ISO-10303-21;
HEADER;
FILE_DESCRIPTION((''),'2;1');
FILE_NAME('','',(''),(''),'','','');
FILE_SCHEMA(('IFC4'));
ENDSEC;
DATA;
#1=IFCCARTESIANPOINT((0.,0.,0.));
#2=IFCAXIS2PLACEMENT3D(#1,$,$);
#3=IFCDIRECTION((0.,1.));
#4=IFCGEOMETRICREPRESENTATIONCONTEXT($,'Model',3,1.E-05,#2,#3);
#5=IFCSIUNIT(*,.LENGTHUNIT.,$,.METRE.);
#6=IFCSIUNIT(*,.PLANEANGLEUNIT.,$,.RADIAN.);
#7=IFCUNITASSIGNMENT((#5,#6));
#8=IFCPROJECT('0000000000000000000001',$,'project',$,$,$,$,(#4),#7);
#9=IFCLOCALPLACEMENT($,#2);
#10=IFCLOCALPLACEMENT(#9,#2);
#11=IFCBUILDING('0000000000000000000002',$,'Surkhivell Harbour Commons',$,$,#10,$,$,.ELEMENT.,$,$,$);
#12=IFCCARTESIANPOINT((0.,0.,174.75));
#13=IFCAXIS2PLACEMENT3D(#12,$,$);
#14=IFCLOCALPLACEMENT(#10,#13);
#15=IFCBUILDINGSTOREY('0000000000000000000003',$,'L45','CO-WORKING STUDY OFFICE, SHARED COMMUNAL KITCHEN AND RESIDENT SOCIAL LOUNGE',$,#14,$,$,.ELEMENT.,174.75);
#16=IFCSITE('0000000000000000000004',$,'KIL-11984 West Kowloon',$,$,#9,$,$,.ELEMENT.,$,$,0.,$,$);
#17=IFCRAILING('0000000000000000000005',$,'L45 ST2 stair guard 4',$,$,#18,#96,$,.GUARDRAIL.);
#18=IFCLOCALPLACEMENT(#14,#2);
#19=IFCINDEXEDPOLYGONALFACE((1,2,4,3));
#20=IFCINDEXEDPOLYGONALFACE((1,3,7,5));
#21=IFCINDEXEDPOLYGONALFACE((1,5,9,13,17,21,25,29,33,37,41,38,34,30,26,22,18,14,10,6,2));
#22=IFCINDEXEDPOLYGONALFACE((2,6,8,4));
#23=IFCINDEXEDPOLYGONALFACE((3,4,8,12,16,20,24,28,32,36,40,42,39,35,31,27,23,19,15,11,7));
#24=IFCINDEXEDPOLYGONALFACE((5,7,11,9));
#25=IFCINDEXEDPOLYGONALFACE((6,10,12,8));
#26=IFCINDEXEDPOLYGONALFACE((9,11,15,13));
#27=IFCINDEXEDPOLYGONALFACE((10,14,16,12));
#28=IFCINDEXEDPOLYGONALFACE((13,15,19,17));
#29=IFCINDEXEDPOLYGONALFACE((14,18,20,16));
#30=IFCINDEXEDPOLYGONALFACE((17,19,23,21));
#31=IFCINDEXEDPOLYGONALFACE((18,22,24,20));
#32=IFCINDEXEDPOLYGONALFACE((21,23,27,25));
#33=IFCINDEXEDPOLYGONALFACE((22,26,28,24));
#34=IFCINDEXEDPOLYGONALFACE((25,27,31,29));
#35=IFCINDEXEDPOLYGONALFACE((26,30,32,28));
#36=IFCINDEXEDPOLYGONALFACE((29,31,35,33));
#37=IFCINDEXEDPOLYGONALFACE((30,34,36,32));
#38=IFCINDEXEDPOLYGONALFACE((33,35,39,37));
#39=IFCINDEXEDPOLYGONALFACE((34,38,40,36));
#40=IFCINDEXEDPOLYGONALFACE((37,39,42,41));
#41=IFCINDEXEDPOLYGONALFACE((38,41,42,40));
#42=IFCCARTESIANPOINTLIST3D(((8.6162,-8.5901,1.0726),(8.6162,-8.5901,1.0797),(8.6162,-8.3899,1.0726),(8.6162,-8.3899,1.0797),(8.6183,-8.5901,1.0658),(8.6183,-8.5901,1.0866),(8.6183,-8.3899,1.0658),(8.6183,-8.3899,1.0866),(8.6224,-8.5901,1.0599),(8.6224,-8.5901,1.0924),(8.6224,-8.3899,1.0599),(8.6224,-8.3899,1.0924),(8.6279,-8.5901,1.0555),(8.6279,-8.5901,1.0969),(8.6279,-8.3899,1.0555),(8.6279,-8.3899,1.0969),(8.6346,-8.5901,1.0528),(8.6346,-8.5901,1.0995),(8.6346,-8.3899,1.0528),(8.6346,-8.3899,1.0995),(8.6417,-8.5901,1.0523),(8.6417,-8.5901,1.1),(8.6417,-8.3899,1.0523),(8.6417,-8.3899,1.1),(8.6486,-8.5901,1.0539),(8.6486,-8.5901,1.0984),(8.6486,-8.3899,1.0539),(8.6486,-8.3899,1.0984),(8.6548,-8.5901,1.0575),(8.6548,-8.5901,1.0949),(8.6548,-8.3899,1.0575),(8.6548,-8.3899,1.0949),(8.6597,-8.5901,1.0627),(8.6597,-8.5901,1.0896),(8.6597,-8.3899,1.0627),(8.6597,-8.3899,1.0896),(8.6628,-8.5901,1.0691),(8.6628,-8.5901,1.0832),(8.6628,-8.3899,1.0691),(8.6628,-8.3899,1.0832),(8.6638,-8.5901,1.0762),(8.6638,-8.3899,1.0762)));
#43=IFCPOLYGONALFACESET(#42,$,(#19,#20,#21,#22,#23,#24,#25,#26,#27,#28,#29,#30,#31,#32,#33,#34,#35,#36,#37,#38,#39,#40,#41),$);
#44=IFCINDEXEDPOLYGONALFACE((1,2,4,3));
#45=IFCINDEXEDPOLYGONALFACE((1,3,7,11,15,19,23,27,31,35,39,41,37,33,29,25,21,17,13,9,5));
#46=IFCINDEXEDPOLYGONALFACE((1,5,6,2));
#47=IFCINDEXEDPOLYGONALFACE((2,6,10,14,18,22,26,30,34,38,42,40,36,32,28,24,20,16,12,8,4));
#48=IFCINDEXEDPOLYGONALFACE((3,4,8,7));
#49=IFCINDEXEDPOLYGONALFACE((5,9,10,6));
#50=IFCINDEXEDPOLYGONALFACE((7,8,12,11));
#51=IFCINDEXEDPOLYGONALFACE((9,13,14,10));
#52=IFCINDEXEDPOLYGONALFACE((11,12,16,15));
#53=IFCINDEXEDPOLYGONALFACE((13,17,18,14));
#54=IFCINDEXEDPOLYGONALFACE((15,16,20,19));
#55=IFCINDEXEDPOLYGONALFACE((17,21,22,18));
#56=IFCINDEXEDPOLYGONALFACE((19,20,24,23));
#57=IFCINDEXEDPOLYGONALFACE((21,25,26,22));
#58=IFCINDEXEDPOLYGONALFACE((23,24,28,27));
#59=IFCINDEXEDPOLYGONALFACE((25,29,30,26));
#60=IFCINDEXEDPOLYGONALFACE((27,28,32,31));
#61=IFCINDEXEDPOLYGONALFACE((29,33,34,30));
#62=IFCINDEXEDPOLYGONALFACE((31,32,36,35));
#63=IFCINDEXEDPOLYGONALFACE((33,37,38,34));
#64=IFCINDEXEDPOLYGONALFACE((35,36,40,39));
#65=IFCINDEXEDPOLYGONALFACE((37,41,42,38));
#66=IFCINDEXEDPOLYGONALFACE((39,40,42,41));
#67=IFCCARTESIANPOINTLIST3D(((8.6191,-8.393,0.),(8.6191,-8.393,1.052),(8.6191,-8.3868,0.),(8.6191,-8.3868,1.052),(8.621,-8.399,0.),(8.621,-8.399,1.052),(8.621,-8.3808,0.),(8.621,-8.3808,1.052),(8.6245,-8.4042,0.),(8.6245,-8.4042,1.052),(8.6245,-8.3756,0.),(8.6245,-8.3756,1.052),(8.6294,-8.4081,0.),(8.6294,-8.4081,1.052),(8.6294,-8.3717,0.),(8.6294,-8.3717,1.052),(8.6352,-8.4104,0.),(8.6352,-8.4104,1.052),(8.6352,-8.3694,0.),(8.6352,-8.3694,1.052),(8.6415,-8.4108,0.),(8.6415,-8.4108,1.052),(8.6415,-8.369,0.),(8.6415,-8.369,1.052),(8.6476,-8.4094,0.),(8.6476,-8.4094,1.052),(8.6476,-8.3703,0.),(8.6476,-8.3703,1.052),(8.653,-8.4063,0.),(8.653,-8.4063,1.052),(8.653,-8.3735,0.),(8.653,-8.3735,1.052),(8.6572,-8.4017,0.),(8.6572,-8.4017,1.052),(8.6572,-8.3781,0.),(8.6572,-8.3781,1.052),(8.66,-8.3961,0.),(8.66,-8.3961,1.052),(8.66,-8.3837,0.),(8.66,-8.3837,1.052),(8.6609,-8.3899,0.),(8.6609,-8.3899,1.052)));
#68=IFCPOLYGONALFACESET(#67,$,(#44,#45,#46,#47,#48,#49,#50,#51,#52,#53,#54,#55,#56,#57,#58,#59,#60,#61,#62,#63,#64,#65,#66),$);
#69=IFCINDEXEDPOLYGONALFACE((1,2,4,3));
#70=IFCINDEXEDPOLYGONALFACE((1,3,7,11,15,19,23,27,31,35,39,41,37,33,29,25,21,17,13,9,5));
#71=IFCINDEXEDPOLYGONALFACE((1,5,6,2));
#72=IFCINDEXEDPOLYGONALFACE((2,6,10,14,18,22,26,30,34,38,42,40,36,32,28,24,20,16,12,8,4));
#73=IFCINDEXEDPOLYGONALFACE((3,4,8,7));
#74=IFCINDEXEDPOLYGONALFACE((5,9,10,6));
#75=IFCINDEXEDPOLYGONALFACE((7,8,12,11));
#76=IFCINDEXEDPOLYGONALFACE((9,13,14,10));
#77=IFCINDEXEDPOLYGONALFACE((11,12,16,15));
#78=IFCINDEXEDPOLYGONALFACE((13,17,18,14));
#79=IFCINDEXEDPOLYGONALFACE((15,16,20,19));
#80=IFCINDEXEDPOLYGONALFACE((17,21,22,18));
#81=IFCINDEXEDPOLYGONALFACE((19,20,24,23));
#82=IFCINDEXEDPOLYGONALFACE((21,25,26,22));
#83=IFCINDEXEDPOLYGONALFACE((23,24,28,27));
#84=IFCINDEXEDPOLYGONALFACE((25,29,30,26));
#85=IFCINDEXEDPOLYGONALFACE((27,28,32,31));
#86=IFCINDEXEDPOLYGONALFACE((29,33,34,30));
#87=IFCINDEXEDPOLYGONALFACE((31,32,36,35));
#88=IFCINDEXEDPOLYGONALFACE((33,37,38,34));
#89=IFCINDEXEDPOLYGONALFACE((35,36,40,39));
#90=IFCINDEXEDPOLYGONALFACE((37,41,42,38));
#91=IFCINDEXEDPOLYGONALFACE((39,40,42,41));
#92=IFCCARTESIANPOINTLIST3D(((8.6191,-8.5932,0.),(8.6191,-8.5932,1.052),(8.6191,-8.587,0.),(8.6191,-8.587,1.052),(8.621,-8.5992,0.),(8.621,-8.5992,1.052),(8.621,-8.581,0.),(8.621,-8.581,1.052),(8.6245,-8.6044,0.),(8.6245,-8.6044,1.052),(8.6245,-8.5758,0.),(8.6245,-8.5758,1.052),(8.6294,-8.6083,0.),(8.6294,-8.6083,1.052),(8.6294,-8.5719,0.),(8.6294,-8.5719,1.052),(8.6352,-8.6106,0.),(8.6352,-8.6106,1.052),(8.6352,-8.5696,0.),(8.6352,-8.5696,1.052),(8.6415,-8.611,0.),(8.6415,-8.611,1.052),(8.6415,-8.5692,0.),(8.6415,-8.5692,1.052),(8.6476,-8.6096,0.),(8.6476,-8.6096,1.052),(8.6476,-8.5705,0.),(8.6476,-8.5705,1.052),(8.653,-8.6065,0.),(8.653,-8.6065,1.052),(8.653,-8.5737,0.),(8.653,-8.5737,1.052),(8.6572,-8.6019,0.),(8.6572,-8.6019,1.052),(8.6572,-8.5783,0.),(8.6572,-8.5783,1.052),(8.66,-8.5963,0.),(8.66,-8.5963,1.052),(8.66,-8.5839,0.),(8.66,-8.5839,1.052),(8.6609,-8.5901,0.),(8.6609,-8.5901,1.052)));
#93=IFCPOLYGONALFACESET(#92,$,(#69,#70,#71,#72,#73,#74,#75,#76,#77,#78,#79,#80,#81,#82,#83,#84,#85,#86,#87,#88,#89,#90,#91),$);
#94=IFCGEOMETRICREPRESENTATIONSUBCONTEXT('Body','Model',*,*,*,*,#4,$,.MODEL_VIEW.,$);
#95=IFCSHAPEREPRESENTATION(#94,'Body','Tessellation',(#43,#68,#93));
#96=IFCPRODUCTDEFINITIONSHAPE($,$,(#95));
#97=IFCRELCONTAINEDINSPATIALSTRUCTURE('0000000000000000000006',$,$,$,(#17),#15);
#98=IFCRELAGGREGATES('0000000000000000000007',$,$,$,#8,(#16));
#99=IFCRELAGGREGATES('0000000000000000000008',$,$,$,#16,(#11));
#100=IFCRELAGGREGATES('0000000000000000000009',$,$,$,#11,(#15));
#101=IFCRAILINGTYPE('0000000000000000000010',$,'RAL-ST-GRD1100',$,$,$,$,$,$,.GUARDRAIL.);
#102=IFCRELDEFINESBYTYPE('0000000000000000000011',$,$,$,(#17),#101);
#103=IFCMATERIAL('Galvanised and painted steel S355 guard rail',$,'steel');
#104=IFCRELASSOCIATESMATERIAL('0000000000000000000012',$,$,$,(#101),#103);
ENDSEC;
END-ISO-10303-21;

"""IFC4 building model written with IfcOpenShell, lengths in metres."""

from ifc_helpers import new_model, si_unit, direction, frame, origin, origin_2d, place, context, subcontext, project, spatial, circle, extrude, material, type_object, element, save


model = new_model("IFC4")

# Units and contexts
model_context = context("Model", 3, precision=1e-05, world=origin(), true_north=direction((0.0, 1.0)))
body_context = subcontext(model_context, "Body", "Model", "MODEL_VIEW")
ifc_project = project(units=[si_unit("LENGTHUNIT", "METRE"), si_unit("PLANEANGLEUNIT", "RADIAN")], contexts=[model_context])

# Site, building, storey
site_placement = place(None, origin())
site = spatial("IfcSite", under=ifc_project, at=site_placement, Name="KIL-11984 West Kowloon", CompositionType="ELEMENT", RefElevation=0.0)
building_placement = place(site_placement, origin())
building = spatial("IfcBuilding", under=site, at=building_placement, Name="Surkhivell Harbour Commons", CompositionType="ELEMENT")
storey_placement = place(building_placement, frame((0.0, 0.0, 174.75)))
storey = spatial("IfcBuildingStorey", under=building, at=storey_placement, Name="L45", Description="CO-WORKING STUDY OFFICE, SHARED COMMUNAL KITCHEN AND RESIDENT SOCIAL LOUNGE", CompositionType="ELEMENT", Elevation=174.75)

# Railing
ifc_material_1 = material(Name="Galvanised and painted steel S355 guard rail", Category="steel")
railing_type = type_object("IfcRailingType", Name="RAL-ST-GRD1100", PredefinedType="GUARDRAIL", material=ifc_material_1)
railing_1_placement = place(storey_placement, frame((8.6399, -8.3899, 0.0)))
element("IfcRailing", 1, at=railing_1_placement, inside=storey, type_object=railing_type, Name="L45 ST2 stair guard 4", PredefinedType="GUARDRAIL", context=body_context, shape_type="SweptSolid", body=[
    extrude(circle(Radius=0.0239, at=origin_2d()), frame((0.0, 0.0, 1.0762), z_axis=(0.0, -1.0, 0.0), x_axis=(1.0, 0.0, 0.0)), (0.0, 0.0, 1.0), 0.2002),
    extrude(circle(Radius=0.021, at=origin_2d()), origin(), (0.0, 0.0, 1.0), 1.052),
    extrude(circle(Radius=0.021, at=origin_2d()), frame((0.0, -0.2002, 0.0)), (0.0, 0.0, 1.0), 1.052),
])

save(model, "model.ifc")
